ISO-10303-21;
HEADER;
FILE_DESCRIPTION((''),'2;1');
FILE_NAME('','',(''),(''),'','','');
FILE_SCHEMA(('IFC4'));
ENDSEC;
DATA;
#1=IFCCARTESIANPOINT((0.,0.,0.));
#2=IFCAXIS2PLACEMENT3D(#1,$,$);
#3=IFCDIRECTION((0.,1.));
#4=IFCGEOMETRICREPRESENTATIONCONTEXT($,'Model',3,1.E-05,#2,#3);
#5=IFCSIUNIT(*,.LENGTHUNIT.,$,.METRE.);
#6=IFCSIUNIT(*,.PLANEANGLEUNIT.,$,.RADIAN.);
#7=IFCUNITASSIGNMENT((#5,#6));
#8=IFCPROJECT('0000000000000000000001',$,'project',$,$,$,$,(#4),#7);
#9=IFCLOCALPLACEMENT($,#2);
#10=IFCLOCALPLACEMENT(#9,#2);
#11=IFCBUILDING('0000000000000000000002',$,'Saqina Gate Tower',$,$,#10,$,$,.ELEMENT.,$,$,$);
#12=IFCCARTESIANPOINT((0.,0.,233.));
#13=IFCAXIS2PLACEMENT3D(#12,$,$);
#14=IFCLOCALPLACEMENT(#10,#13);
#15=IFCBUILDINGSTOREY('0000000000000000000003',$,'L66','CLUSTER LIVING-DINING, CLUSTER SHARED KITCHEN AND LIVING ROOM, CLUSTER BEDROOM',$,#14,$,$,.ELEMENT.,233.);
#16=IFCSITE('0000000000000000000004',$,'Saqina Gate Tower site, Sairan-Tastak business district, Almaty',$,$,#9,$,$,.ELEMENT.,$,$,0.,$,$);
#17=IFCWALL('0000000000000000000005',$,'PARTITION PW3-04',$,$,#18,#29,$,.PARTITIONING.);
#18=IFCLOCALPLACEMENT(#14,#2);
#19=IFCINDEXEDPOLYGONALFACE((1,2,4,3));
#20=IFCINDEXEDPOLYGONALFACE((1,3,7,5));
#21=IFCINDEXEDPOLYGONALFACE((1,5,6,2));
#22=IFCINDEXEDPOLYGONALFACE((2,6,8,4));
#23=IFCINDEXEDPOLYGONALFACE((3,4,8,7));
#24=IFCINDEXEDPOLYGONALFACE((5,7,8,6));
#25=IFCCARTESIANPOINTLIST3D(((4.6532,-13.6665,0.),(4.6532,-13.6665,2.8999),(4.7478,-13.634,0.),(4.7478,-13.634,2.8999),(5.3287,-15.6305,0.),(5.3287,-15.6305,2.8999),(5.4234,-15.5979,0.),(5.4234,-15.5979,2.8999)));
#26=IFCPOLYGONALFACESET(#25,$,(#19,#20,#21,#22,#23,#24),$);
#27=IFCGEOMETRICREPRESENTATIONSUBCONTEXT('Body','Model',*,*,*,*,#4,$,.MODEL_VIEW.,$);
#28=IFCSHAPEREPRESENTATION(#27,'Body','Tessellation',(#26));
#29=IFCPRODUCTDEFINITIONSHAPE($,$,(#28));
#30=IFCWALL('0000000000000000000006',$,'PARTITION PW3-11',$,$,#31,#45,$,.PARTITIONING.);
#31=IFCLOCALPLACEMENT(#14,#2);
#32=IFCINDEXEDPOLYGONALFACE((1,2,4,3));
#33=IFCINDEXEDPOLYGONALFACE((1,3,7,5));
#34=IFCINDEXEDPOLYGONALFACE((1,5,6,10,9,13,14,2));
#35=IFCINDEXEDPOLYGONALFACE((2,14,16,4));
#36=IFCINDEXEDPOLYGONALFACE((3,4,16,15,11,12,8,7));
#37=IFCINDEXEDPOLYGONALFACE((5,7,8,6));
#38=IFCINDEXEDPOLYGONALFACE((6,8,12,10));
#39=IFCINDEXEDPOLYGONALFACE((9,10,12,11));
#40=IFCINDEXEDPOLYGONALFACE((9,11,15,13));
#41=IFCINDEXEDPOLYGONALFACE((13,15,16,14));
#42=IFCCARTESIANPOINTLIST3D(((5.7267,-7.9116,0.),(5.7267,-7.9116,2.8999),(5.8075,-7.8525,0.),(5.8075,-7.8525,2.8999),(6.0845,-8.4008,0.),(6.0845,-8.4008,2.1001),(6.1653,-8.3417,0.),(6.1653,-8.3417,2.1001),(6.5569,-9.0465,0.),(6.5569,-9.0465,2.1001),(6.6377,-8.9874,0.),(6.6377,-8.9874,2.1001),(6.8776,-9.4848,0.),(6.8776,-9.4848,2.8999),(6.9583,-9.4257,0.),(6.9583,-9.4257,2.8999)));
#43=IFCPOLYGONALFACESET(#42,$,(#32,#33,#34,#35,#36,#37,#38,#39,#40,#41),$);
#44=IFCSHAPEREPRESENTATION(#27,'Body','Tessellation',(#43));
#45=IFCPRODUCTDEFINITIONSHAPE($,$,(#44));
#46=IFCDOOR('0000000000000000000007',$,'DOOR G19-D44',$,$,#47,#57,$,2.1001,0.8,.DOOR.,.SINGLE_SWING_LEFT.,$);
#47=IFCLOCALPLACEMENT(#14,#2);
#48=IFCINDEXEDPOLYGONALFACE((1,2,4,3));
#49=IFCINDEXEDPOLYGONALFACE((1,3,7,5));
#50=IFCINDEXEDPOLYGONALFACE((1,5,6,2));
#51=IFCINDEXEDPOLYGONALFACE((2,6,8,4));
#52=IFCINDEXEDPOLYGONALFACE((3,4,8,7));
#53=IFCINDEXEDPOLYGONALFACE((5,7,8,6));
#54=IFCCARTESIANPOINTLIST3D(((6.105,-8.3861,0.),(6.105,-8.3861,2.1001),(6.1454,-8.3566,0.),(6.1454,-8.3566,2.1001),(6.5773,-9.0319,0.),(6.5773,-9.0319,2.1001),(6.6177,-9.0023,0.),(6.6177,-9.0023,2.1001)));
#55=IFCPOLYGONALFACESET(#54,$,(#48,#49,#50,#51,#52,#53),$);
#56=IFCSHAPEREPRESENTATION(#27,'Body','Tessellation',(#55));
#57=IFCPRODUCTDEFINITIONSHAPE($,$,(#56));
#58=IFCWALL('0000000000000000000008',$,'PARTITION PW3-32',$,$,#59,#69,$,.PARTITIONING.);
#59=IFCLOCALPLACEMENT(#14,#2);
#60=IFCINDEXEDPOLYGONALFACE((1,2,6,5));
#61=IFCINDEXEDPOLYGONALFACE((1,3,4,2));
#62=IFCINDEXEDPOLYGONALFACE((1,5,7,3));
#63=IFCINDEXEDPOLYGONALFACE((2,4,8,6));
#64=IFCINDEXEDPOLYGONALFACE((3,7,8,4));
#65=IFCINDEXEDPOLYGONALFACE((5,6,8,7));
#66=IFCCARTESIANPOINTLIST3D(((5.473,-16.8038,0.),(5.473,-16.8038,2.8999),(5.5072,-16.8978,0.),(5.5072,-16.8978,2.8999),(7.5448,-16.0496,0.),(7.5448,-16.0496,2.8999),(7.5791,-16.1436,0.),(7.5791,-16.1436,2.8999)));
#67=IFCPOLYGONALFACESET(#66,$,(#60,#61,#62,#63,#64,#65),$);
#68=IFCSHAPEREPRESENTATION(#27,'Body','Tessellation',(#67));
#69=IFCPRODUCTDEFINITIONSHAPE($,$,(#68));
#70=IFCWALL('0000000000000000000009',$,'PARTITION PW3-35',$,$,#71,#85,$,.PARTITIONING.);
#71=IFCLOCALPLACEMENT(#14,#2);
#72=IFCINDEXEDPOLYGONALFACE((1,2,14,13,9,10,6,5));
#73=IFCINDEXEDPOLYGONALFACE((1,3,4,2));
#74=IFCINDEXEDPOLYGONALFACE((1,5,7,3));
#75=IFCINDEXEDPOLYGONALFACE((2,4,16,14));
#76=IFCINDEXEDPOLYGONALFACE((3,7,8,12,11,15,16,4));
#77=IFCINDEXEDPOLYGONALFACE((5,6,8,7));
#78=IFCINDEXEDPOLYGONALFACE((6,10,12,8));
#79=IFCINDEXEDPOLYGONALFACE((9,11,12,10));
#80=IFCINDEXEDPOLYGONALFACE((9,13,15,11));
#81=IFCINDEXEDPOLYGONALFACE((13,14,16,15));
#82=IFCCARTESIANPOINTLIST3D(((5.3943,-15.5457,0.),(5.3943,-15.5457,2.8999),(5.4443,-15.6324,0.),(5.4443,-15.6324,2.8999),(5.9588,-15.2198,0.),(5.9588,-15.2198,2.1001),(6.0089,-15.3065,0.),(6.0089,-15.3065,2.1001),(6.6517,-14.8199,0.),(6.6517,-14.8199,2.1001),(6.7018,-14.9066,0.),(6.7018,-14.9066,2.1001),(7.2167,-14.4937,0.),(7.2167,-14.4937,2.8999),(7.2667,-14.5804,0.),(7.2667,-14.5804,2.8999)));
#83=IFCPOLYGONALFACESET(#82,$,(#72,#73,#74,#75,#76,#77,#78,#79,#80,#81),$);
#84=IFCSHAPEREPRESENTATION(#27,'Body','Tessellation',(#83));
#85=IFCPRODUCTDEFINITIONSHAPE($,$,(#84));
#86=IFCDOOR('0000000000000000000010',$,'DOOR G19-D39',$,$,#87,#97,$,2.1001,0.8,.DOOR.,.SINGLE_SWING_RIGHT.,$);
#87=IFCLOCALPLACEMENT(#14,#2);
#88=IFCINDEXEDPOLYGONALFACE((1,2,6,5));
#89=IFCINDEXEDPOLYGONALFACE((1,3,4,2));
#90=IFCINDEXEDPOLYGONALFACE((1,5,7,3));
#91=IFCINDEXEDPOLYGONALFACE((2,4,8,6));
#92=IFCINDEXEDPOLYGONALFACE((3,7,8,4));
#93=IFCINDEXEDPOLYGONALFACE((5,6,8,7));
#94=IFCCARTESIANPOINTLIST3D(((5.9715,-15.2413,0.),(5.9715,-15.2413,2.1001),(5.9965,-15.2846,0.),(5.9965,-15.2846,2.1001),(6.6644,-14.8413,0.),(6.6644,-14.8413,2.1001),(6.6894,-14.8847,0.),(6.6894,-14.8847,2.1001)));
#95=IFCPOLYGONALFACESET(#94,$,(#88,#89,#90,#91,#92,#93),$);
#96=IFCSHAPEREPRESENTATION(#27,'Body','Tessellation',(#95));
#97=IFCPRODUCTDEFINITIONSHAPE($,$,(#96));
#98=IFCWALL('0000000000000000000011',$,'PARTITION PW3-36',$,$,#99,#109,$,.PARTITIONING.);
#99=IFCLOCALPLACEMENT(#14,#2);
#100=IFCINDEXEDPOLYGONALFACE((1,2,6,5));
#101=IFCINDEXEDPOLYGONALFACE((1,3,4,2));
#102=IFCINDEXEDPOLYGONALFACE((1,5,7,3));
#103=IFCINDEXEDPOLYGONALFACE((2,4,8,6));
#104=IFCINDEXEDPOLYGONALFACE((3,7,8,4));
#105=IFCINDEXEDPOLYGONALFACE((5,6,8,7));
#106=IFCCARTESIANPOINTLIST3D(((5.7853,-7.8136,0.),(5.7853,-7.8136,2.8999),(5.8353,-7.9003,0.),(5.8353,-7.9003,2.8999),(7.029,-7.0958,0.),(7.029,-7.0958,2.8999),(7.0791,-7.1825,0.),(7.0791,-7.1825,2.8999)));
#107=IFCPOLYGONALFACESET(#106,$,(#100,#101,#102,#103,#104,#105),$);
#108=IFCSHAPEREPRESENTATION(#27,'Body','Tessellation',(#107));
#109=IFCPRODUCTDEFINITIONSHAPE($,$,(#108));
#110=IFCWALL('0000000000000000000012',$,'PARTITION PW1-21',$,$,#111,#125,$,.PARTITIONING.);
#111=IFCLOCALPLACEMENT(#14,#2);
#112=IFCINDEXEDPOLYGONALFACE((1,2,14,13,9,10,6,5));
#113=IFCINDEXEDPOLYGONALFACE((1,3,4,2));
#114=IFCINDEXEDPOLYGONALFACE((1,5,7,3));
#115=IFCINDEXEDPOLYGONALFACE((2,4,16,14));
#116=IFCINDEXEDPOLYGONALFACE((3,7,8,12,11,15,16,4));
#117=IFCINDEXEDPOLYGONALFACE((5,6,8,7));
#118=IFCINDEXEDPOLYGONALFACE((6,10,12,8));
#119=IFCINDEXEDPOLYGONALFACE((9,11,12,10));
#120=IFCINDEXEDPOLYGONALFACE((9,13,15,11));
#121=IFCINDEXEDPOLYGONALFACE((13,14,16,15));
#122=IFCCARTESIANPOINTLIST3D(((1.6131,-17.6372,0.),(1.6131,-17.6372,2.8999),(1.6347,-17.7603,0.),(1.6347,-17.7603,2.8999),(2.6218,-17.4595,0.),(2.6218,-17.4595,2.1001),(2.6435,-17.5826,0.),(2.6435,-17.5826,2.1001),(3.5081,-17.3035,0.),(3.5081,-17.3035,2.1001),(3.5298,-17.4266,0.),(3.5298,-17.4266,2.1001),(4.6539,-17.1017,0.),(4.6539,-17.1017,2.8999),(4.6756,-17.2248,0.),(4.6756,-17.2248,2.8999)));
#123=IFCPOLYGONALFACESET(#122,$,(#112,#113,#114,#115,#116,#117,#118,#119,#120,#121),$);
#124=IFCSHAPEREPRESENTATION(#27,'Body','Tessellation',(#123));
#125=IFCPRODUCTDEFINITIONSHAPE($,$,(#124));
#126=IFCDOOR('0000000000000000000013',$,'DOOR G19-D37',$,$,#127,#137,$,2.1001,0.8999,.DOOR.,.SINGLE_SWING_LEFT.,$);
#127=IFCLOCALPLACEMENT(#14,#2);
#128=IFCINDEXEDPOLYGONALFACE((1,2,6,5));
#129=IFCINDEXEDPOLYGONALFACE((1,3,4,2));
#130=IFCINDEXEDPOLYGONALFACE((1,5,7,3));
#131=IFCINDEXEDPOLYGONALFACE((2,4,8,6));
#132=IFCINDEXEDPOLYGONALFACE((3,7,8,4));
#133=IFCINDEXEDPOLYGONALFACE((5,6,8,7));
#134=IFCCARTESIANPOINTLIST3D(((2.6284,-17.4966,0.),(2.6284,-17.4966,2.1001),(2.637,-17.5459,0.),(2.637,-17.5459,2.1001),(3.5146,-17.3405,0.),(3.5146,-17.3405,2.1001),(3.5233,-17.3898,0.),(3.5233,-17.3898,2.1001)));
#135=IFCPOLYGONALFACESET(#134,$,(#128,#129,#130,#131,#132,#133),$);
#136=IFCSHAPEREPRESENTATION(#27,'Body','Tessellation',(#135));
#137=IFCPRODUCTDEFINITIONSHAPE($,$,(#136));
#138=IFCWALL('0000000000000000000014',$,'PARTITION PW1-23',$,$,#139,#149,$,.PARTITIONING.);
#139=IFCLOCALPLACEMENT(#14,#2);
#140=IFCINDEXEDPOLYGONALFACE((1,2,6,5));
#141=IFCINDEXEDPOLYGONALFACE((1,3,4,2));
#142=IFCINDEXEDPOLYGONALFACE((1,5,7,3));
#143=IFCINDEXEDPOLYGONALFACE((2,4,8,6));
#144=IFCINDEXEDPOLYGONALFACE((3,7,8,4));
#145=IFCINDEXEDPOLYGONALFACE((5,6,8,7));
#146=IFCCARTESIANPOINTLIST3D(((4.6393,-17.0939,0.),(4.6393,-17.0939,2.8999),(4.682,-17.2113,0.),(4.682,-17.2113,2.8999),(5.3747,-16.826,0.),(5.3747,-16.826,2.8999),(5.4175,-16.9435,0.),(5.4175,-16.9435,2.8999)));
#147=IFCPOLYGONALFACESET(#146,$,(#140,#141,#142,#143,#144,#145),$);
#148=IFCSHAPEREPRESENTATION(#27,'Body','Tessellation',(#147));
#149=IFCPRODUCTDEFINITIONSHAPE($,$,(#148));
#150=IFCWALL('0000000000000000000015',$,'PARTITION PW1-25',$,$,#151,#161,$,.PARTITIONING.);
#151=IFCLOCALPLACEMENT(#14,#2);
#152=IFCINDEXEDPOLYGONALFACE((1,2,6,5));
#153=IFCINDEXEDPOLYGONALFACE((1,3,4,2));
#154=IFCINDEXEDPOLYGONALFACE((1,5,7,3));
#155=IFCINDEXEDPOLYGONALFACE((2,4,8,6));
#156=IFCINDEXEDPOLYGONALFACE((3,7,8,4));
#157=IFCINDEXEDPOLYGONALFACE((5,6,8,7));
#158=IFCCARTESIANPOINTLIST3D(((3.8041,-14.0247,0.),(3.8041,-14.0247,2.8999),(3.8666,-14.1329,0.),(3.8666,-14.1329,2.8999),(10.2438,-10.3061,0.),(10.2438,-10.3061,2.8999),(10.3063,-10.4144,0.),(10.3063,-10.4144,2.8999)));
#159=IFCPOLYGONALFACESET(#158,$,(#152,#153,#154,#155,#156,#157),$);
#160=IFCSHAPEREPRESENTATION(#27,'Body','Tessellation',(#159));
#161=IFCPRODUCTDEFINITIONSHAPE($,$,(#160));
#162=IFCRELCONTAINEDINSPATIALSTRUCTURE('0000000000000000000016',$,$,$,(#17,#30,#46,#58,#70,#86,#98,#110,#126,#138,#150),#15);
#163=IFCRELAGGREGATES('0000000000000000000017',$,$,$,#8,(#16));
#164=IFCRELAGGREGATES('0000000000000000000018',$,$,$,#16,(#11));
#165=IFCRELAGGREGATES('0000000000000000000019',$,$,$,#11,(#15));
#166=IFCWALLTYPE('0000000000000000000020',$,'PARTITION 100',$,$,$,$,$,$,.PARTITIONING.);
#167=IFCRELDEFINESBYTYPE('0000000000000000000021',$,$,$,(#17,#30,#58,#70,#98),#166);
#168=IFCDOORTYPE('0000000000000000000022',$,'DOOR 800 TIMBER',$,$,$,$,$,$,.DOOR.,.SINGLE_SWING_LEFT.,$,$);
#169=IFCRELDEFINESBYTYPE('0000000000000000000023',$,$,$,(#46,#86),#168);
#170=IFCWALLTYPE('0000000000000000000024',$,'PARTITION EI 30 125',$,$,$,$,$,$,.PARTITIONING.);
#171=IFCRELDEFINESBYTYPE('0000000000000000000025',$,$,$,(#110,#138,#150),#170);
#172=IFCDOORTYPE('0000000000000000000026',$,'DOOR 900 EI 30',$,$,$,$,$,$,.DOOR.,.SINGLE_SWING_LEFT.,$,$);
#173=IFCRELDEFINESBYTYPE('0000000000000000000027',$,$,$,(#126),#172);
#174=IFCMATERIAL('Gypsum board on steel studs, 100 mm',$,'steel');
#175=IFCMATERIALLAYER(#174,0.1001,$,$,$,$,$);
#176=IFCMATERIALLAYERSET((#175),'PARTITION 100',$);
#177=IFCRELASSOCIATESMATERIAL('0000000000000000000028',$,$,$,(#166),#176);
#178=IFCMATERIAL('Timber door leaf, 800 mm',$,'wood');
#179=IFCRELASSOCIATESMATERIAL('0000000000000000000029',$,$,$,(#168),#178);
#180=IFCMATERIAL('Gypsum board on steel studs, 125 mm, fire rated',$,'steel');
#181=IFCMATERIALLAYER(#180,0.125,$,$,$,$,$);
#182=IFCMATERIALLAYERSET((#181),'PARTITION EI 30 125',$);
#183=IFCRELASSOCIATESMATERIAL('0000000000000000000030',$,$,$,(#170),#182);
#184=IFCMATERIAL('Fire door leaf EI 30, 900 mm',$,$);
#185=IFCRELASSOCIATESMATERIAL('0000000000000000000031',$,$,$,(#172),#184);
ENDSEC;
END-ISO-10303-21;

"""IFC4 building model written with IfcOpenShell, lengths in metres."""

from ifc_helpers import new_model, si_unit, direction, frame, frame_2d, origin, place, context, subcontext, project, spatial, rectangle, extrude, material, layer, layer_set, type_object, element, fill, save


model = new_model("IFC4")

# Units and contexts
model_context = context("Model", 3, precision=1e-05, world=origin(), true_north=direction((0.0, 1.0)))
body_context = subcontext(model_context, "Body", "Model", "MODEL_VIEW")
ifc_project = project(units=[si_unit("LENGTHUNIT", "METRE"), si_unit("PLANEANGLEUNIT", "RADIAN")], contexts=[model_context])

# Site, building, storey
site_placement = place(None, origin())
site = spatial("IfcSite", under=ifc_project, at=site_placement, Name="Saqina Gate Tower site, Sairan-Tastak business district, Almaty", CompositionType="ELEMENT", RefElevation=0.0)
building_placement = place(site_placement, origin())
building = spatial("IfcBuilding", under=site, at=building_placement, Name="Saqina Gate Tower", CompositionType="ELEMENT")
storey_placement = place(building_placement, frame((0.0, 0.0, 233.0)))
storey = spatial("IfcBuildingStorey", under=building, at=storey_placement, Name="L66", Description="CLUSTER LIVING-DINING, CLUSTER SHARED KITCHEN AND LIVING ROOM, CLUSTER BEDROOM", CompositionType="ELEMENT", Elevation=233.0)

# Wall
ifc_material_1 = material(Name="Gypsum board on steel studs, 100 mm", Category="steel")
ifc_layer_1 = layer(ifc_material_1, 0.1001)
ifc_layer_set_1 = layer_set([ifc_layer_1], Name="PARTITION 100")
wall_type_1 = type_object("IfcWallType", Name="PARTITION 100", PredefinedType="PARTITIONING", material=ifc_layer_set_1)
wall_1_placement = place(storey_placement, frame((4.7004, -13.6501, 0.0), z_axis=(0.0, 0.0, 1.0), x_axis=(0.325277, -0.945619, 0.0)))
element("IfcWall", 1, at=wall_1_placement, inside=storey, type_object=wall_type_1, Name="PARTITION PW3-04", PredefinedType="PARTITIONING", context=body_context, shape_type="SweptSolid", body=[
    extrude(rectangle(XDim=2.0769, YDim=0.1001, at=frame_2d((1.0386, 0.0))), origin(), (0.0, 0.0, 1.0), 2.8999),
])

# Wall, opening, door
wall_2_placement = place(storey_placement, frame((5.7671, -7.8821, 0.0), z_axis=(0.0, 0.0, 1.0), x_axis=(0.590418, -0.807097, 0.0)))
wall_2 = element("IfcWall", 2, at=wall_2_placement, inside=storey, type_object=wall_type_1, Name="PARTITION PW3-11", PredefinedType="PARTITIONING", context=body_context, shape_type="SweptSolid", body=[
    extrude(rectangle(XDim=1.9492, YDim=0.1001, at=frame_2d((0.9746, 0.0))), origin(), (0.0, 0.0, 1.0), 2.8999),
])
opening_1_placement = place(wall_2_placement, frame((0.6062, 0.0, 0.0)))
opening_1 = element("IfcOpeningElement", 3, at=opening_1_placement, cuts=wall_2, PredefinedType="OPENING", context=body_context, shape_type="SweptSolid", body=[
    extrude(rectangle(XDim=0.8, YDim=2.1001, at=frame_2d((0.3999, 1.05))), frame((0.0, 0.062, 0.0), z_axis=(0.0, -1.0, 0.0), x_axis=(1.0, 0.0, 0.0)), (0.0, 0.0, 1.0), 0.124),
])
ifc_material_2 = material(Name="Timber door leaf, 800 mm", Category="wood")
door_type_1 = type_object("IfcDoorType", Name="DOOR 800 TIMBER", OperationType="SINGLE_SWING_LEFT", PredefinedType="DOOR", material=ifc_material_2)
door_1_placement = place(opening_1_placement, frame((0.8, 0.0, 0.0), z_axis=(0.0, 0.0, 1.0), x_axis=(-1.0, 0.0, 0.0)))
door_1 = element("IfcDoor", 4, at=door_1_placement, inside=storey, type_object=door_type_1, Name="DOOR G19-D44", OperationType="SINGLE_SWING_LEFT", OverallHeight=2.1001, OverallWidth=0.8, PredefinedType="DOOR", context=body_context, shape_type="SweptSolid", body=[
    extrude(rectangle(XDim=0.8, YDim=2.1001, at=frame_2d((0.3999, 1.05))), frame((0.0, 0.0249, 0.0), z_axis=(0.0, -1.0, 0.0), x_axis=(1.0, 0.0, 0.0)), (0.0, 0.0, 1.0), 0.05),
])
fill(opening_1, door_1)

# Wall
wall_3_placement = place(storey_placement, frame((5.49, -16.8508, 0.0), z_axis=(0.0, 0.0, 1.0), x_axis=(0.93968, 0.342054, 0.0)))
element("IfcWall", 5, at=wall_3_placement, inside=storey, type_object=wall_type_1, Name="PARTITION PW3-32", PredefinedType="PARTITIONING", context=body_context, shape_type="SweptSolid", body=[
    extrude(rectangle(XDim=2.2048, YDim=0.1001, at=frame_2d((1.1025, 0.0))), origin(), (0.0, 0.0, 1.0), 2.8999),
])

# Wall, opening, door
wall_4_placement = place(storey_placement, frame((5.4192, -15.5891, 0.0), z_axis=(0.0, 0.0, 1.0), x_axis=(0.866072, 0.49992, 0.0)))
wall_4 = element("IfcWall", 6, at=wall_4_placement, inside=storey, type_object=wall_type_1, Name="PARTITION PW3-35", PredefinedType="PARTITIONING", context=body_context, shape_type="SweptSolid", body=[
    extrude(rectangle(XDim=2.1042, YDim=0.1001, at=frame_2d((1.0522, 0.0))), origin(), (0.0, 0.0, 1.0), 2.8999),
])
opening_2_placement = place(wall_4_placement, frame((0.6521, 0.0, 0.0)))
opening_2 = element("IfcOpeningElement", 7, at=opening_2_placement, cuts=wall_4, PredefinedType="OPENING", context=body_context, shape_type="SweptSolid", body=[
    extrude(rectangle(XDim=0.8, YDim=2.1001, at=frame_2d((0.3999, 1.05))), frame((0.0, 0.062, 0.0), z_axis=(0.0, -1.0, 0.0), x_axis=(1.0, 0.0, 0.0)), (0.0, 0.0, 1.0), 0.124),
])
door_2_placement = place(opening_2_placement, frame((0.8, 0.0, 0.0), z_axis=(0.0, 0.0, 1.0), x_axis=(-1.0, 0.0, 0.0)))
door_2 = element("IfcDoor", 8, at=door_2_placement, inside=storey, type_object=door_type_1, Name="DOOR G19-D39", OperationType="SINGLE_SWING_RIGHT", OverallHeight=2.1001, OverallWidth=0.8, PredefinedType="DOOR", context=body_context, shape_type="SweptSolid", body=[
    extrude(rectangle(XDim=0.8, YDim=2.1001, at=frame_2d((0.3999, 1.05))), frame((0.0, 0.0249, 0.0), z_axis=(0.0, -1.0, 0.0), x_axis=(1.0, 0.0, 0.0)), (0.0, 0.0, 1.0), 0.05),
])
fill(opening_2, door_2)

# Wall
wall_5_placement = place(storey_placement, frame((5.8103, -7.8569, 0.0), z_axis=(0.0, 0.0, 1.0), x_axis=(0.866101, 0.49987, 0.0)))
element("IfcWall", 9, at=wall_5_placement, inside=storey, type_object=wall_type_1, Name="PARTITION PW3-36", PredefinedType="PARTITIONING", context=body_context, shape_type="SweptSolid", body=[
    extrude(rectangle(XDim=1.436, YDim=0.1001, at=frame_2d((0.718, 0.0))), origin(), (0.0, 0.0, 1.0), 2.8999),
])

# Wall, opening, door
ifc_material_3 = material(Name="Gypsum board on steel studs, 125 mm, fire rated", Category="steel")
ifc_layer_2 = layer(ifc_material_3, 0.125)
ifc_layer_set_2 = layer_set([ifc_layer_2], Name="PARTITION EI 30 125")
wall_type_2 = type_object("IfcWallType", Name="PARTITION EI 30 125", PredefinedType="PARTITIONING", material=ifc_layer_set_2)
wall_6_placement = place(storey_placement, frame((1.6238, -17.6987, 0.0), z_axis=(0.0, 0.0, 1.0), x_axis=(0.98485, 0.173406, 0.0)))
wall_6 = element("IfcWall", 10, at=wall_6_placement, inside=storey, type_object=wall_type_2, Name="PARTITION PW1-21", PredefinedType="PARTITIONING", context=body_context, shape_type="SweptSolid", body=[
    extrude(rectangle(XDim=3.0876, YDim=0.125, at=frame_2d((1.5439, 0.0))), origin(), (0.0, 0.0, 1.0), 2.8999),
])
opening_3_placement = place(wall_6_placement, frame((1.0244, 0.0, 0.0)))
opening_3 = element("IfcOpeningElement", 11, at=opening_3_placement, cuts=wall_6, PredefinedType="OPENING", context=body_context, shape_type="SweptSolid", body=[
    extrude(rectangle(XDim=0.8999, YDim=2.1001, at=frame_2d((0.45, 1.05))), frame((0.0, 0.0745, 0.0), z_axis=(0.0, -1.0, 0.0), x_axis=(1.0, 0.0, 0.0)), (0.0, 0.0, 1.0), 0.1489),
])
ifc_material_4 = material(Name="Fire door leaf EI 30, 900 mm")
door_type_2 = type_object("IfcDoorType", Name="DOOR 900 EI 30", OperationType="SINGLE_SWING_LEFT", PredefinedType="DOOR", material=ifc_material_4)
door_3_placement = place(opening_3_placement, origin())
door_3 = element("IfcDoor", 12, at=door_3_placement, inside=storey, type_object=door_type_2, Name="DOOR G19-D37", OperationType="SINGLE_SWING_LEFT", OverallHeight=2.1001, OverallWidth=0.8999, PredefinedType="DOOR", context=body_context, shape_type="SweptSolid", body=[
    extrude(rectangle(XDim=0.8999, YDim=2.1001, at=frame_2d((0.45, 1.05))), frame((0.0, 0.0249, 0.0), z_axis=(0.0, -1.0, 0.0), x_axis=(1.0, 0.0, 0.0)), (0.0, 0.0, 1.0), 0.05),
])
fill(opening_3, door_3)

# Walls
wall_7_placement = place(storey_placement, frame((4.6606, -17.1526, 0.0), z_axis=(0.0, 0.0, 1.0), x_axis=(0.93962, 0.342219, 0.0)))
element("IfcWall", 13, at=wall_7_placement, inside=storey, type_object=wall_type_2, Name="PARTITION PW1-23", PredefinedType="PARTITIONING", context=body_context, shape_type="SweptSolid", body=[
    extrude(rectangle(XDim=0.7827, YDim=0.125, at=frame_2d((0.3914, 0.0))), origin(), (0.0, 0.0, 1.0), 2.8999),
])
wall_8_placement = place(storey_placement, frame((3.8352, -14.0789, 0.0), z_axis=(0.0, 0.0, 1.0), x_axis=(0.865994, 0.500055, 0.0)))
element("IfcWall", 14, at=wall_8_placement, inside=storey, type_object=wall_type_2, Name="PARTITION PW1-25", PredefinedType="PARTITIONING", context=body_context, shape_type="SweptSolid", body=[
    extrude(rectangle(XDim=7.4363, YDim=0.125, at=frame_2d((3.7183, 0.0))), origin(), (0.0, 0.0, 1.0), 2.8999),
])

save(model, "model.ifc")
